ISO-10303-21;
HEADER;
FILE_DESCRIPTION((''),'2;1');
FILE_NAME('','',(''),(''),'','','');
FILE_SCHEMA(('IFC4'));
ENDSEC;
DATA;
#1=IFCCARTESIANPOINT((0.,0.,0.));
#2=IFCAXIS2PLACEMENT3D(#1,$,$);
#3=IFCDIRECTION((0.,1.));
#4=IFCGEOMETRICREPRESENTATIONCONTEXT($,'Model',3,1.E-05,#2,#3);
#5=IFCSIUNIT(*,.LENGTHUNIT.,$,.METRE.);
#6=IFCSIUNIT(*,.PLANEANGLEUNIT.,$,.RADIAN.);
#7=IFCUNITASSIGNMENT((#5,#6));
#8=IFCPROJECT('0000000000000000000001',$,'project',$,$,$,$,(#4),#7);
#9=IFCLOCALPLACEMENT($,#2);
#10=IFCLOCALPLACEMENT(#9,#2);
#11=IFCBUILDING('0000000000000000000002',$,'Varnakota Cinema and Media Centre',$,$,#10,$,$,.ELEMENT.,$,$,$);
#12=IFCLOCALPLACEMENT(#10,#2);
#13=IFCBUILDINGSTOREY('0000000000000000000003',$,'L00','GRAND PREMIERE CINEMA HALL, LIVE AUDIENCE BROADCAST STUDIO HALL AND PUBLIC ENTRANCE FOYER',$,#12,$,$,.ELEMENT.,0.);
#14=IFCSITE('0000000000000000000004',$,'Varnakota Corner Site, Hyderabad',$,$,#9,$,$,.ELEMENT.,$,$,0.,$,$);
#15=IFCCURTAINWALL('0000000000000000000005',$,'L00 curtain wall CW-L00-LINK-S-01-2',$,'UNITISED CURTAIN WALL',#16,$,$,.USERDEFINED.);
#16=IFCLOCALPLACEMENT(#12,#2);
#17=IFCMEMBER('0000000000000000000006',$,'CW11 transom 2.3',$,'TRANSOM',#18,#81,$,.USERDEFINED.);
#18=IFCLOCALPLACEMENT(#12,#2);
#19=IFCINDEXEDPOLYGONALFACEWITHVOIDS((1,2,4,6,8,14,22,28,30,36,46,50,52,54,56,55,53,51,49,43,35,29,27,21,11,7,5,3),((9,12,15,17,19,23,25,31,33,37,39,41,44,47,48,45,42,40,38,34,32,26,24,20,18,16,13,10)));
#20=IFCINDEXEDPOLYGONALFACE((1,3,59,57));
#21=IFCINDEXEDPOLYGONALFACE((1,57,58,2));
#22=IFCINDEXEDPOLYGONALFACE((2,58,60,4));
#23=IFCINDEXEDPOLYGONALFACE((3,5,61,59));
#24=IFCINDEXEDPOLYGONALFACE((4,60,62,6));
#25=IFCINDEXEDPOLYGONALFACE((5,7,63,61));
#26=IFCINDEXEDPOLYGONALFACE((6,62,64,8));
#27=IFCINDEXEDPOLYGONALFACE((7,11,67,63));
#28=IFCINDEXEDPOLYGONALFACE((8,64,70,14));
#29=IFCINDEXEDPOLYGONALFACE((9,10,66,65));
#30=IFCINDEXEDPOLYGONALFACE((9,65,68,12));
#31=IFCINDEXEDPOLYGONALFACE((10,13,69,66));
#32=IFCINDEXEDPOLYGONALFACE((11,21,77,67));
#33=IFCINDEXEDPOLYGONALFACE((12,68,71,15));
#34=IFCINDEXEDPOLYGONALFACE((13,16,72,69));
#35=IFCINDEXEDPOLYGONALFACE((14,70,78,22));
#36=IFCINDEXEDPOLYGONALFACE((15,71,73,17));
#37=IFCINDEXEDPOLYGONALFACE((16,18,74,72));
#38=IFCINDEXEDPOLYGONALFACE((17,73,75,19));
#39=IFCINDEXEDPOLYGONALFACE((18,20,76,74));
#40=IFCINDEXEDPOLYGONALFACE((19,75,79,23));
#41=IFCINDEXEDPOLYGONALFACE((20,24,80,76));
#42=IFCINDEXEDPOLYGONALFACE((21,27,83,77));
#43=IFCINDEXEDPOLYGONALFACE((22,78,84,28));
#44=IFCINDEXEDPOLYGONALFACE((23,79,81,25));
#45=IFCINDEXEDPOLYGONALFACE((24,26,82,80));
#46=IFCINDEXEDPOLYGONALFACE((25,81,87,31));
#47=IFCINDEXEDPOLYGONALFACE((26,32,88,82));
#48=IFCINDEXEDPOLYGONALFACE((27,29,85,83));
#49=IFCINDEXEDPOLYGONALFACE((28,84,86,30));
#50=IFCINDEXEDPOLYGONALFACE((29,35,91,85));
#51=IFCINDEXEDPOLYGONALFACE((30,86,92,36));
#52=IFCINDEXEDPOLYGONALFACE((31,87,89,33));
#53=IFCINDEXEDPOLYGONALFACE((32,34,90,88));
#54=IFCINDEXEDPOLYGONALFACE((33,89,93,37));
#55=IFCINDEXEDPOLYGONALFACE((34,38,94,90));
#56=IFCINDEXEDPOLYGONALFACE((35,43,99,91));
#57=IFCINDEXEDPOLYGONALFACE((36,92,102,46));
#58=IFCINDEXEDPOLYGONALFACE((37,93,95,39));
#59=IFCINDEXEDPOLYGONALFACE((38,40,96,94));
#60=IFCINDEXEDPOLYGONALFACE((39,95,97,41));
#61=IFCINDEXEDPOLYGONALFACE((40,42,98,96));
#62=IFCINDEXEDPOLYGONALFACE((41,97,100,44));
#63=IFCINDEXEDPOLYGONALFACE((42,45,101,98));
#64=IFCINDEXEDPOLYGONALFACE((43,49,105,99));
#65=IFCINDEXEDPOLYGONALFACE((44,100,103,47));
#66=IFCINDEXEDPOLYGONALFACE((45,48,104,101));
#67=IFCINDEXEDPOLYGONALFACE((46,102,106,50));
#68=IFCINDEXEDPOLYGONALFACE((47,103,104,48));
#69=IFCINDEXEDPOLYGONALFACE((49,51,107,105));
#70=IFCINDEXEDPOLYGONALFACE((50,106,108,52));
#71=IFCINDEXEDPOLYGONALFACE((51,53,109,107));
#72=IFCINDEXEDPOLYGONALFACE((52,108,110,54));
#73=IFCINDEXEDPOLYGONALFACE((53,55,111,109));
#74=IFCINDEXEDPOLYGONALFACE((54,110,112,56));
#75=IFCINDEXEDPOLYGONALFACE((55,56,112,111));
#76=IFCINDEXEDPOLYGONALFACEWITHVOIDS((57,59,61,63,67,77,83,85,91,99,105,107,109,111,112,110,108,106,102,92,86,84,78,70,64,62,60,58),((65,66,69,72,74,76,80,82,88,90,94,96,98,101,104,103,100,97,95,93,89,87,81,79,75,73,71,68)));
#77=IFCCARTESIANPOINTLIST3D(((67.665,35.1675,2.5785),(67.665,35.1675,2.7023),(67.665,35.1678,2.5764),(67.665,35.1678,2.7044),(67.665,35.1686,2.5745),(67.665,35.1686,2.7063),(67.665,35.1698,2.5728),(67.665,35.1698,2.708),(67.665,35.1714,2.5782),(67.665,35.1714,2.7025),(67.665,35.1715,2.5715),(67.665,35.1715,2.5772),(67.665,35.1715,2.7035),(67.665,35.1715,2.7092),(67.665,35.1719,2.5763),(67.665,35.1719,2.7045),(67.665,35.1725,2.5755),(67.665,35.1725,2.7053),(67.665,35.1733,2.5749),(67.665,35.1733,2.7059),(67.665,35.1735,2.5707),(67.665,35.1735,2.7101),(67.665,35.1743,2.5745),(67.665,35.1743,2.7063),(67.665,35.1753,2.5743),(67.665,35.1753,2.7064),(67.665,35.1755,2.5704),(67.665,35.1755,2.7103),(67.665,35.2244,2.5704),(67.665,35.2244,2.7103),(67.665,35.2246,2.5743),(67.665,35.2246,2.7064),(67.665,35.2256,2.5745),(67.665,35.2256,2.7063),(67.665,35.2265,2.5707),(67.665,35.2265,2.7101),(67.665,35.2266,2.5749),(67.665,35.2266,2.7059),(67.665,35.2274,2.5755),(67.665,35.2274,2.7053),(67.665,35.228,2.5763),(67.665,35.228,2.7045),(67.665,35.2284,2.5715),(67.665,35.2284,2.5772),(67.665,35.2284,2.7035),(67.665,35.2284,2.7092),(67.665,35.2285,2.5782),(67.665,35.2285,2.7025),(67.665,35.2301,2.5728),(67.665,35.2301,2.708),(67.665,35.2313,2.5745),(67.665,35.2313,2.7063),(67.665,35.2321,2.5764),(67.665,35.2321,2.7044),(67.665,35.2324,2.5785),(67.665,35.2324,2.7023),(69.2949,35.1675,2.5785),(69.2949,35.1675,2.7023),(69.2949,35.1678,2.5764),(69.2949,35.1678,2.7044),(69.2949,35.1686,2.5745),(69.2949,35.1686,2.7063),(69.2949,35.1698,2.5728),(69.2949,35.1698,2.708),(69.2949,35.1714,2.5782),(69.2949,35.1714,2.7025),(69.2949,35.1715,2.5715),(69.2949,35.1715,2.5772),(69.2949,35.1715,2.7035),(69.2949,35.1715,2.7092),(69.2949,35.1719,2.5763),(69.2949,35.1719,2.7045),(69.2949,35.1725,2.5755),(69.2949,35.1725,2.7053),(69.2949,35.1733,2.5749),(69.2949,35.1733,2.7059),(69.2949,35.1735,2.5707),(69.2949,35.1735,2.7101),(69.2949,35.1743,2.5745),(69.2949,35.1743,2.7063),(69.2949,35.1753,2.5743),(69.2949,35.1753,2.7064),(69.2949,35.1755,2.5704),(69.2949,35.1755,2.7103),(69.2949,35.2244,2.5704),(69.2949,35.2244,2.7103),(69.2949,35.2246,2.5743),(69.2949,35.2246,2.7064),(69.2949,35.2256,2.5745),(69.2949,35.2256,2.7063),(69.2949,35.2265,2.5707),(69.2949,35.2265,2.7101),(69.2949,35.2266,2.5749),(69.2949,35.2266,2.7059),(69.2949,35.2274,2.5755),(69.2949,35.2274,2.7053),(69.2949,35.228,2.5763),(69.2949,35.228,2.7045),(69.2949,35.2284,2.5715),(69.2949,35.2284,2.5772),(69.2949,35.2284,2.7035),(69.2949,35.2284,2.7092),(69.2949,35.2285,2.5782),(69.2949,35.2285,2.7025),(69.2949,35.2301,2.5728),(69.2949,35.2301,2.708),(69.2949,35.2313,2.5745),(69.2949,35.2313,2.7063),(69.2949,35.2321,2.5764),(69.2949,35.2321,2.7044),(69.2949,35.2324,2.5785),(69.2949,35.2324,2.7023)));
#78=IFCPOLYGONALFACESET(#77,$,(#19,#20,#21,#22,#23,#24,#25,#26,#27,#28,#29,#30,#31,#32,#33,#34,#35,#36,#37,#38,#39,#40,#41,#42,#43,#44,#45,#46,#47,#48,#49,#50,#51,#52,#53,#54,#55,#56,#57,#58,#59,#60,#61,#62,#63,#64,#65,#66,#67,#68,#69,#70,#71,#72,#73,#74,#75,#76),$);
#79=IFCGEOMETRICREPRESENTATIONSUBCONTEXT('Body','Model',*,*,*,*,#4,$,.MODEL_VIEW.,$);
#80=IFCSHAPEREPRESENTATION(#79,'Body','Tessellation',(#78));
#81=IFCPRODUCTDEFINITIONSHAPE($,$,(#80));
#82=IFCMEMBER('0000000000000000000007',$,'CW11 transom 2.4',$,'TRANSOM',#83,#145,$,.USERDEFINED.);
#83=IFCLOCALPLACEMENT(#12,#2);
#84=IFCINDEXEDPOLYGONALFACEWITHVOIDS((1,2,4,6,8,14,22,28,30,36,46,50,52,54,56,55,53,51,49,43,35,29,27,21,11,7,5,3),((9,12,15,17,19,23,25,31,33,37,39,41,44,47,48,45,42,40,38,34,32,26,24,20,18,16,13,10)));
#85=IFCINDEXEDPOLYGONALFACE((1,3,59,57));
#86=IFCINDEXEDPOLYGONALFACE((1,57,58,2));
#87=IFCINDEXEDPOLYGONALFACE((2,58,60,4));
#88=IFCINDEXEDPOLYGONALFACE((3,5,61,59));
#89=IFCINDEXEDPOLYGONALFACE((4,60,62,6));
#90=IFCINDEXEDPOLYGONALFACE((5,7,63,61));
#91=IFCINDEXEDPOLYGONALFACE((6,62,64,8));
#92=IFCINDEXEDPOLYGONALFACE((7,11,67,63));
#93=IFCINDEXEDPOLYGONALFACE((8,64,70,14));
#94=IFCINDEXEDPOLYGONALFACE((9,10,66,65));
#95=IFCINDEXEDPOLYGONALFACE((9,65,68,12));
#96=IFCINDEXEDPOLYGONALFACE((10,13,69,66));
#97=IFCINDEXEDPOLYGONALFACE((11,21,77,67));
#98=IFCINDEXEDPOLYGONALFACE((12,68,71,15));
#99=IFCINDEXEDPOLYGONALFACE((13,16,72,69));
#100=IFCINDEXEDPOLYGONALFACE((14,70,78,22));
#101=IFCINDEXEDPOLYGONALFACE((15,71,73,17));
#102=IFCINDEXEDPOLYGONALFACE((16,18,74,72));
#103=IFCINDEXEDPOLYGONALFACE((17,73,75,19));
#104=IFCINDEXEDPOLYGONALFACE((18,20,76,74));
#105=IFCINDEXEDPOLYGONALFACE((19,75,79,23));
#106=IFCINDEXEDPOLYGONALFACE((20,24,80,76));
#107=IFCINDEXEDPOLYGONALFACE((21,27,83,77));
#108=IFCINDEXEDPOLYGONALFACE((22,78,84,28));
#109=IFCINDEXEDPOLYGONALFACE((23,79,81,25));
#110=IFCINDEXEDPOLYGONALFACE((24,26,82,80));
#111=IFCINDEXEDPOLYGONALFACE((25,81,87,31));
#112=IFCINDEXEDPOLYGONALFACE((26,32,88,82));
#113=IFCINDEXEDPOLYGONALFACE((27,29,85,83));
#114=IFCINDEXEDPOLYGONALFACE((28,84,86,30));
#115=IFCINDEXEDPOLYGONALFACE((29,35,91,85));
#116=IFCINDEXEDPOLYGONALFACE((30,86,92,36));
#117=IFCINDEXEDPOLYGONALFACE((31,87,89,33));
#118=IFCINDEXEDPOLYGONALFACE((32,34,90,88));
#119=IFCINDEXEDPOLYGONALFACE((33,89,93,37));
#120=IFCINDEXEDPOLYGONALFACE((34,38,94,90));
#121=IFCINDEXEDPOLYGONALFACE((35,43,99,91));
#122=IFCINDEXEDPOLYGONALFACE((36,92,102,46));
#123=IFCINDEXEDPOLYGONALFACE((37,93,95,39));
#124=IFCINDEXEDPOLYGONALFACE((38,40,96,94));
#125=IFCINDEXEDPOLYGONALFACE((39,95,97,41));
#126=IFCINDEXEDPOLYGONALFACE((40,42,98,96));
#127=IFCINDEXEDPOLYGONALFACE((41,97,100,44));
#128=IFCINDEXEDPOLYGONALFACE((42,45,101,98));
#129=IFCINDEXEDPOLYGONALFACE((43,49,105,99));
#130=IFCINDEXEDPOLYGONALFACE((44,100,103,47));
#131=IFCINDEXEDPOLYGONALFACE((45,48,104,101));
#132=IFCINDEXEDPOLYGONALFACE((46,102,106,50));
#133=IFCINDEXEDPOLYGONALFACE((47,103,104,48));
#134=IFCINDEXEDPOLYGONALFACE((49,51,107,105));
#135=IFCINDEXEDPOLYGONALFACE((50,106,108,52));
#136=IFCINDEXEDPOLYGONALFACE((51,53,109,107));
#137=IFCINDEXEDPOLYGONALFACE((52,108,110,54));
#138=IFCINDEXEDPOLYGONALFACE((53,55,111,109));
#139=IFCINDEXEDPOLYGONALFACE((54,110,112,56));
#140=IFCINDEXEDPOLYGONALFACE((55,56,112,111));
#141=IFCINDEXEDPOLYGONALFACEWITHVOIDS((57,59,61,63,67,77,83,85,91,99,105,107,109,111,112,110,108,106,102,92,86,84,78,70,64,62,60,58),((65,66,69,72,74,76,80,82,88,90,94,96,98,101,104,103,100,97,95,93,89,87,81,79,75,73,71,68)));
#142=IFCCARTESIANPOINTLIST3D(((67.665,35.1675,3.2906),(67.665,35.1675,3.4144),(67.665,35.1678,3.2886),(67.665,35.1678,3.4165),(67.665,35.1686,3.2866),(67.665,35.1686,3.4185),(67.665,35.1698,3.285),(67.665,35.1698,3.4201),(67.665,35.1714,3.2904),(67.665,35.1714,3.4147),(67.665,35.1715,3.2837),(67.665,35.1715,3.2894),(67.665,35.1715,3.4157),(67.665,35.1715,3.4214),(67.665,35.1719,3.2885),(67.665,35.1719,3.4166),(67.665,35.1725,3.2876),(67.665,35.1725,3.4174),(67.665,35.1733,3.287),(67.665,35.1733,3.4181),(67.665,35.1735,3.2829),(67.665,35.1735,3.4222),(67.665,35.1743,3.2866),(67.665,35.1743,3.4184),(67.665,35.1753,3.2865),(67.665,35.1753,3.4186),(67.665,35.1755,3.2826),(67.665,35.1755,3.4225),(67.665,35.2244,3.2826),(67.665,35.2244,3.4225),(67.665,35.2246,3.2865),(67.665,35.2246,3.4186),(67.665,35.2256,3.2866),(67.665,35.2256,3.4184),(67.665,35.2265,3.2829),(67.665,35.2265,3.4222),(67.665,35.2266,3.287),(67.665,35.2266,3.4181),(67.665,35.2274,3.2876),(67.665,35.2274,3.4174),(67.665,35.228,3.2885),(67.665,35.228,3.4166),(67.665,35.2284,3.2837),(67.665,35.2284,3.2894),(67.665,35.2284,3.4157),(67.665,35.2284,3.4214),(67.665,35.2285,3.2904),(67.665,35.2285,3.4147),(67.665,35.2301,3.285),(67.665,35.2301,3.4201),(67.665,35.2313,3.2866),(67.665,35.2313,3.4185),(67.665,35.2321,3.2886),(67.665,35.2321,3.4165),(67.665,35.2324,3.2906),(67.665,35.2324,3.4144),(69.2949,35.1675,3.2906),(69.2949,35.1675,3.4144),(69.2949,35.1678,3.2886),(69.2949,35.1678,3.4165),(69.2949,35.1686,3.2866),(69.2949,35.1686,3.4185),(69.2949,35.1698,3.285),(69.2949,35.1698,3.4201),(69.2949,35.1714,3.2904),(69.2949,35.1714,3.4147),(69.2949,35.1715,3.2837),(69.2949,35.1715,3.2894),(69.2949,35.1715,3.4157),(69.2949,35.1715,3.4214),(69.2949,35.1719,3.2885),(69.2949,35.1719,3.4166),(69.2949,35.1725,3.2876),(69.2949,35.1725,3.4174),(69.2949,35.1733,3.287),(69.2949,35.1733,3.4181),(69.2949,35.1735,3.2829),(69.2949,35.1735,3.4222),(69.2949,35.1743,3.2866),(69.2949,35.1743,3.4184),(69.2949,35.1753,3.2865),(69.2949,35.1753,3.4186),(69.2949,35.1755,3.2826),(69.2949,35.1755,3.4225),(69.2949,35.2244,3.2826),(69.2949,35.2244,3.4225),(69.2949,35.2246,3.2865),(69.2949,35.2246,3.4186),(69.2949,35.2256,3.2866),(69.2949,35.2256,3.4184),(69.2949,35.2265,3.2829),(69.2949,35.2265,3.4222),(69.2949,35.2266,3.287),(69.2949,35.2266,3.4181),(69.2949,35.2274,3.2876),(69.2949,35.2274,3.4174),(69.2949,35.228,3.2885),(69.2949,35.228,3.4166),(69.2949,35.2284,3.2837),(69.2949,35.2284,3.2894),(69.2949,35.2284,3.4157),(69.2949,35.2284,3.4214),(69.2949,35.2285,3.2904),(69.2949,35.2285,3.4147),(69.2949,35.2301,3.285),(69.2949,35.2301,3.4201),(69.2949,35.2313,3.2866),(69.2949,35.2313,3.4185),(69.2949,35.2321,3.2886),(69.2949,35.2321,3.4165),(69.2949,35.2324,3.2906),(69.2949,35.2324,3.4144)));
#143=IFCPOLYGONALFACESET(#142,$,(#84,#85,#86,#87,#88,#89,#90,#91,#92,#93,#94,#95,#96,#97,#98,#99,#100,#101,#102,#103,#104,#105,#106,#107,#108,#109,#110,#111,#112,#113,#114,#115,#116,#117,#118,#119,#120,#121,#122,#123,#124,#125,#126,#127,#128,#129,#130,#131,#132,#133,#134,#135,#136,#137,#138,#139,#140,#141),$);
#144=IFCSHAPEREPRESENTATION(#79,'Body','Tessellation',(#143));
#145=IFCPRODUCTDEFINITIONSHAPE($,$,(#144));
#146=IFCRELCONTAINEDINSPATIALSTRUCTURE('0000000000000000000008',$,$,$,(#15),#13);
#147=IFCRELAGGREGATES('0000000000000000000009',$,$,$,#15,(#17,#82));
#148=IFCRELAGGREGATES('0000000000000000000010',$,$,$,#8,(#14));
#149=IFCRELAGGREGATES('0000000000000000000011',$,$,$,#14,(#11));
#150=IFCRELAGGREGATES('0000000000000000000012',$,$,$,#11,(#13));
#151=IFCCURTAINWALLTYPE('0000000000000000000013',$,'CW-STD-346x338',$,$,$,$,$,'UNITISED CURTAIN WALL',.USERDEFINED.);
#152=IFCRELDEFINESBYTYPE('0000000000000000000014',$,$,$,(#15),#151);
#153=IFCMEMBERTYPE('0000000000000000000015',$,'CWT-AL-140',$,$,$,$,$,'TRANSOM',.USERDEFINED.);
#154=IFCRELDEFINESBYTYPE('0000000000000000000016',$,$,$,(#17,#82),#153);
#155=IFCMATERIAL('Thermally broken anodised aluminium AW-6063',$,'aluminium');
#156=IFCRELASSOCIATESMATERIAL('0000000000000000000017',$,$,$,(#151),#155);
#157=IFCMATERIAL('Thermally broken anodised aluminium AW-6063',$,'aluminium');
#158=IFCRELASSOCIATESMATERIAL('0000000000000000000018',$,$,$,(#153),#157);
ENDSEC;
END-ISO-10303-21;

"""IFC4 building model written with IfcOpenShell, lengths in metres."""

from ifc_helpers import new_model, si_unit, direction, frame, origin, origin_2d, place, context, subcontext, project, spatial, hollow_rectangle, extrude, material, material_profile, profile_set, type_object, element, aggregate, save


model = new_model("IFC4")

# Units and contexts
model_context = context("Model", 3, precision=1e-05, world=origin(), true_north=direction((0.0, 1.0)))
body_context = subcontext(model_context, "Body", "Model", "MODEL_VIEW")
ifc_project = project(units=[si_unit("LENGTHUNIT", "METRE"), si_unit("PLANEANGLEUNIT", "RADIAN")], contexts=[model_context])

# Site, building, storey
site_placement = place(None, origin())
site = spatial("IfcSite", under=ifc_project, at=site_placement, Name="Varnakota Corner Site, Hyderabad", CompositionType="ELEMENT", RefElevation=0.0)
building_placement = place(site_placement, origin())
building = spatial("IfcBuilding", under=site, at=building_placement, Name="Varnakota Cinema and Media Centre", CompositionType="ELEMENT")
storey_placement = place(building_placement, origin())
storey = spatial("IfcBuildingStorey", under=building, at=storey_placement, Name="L00", Description="GRAND PREMIERE CINEMA HALL, LIVE AUDIENCE BROADCAST STUDIO HALL AND PUBLIC ENTRANCE FOYER", CompositionType="ELEMENT", Elevation=0.0)

# Curtain wall
ifc_material_1 = material(Name="Thermally broken anodised aluminium AW-6063", Category="aluminium")
curtain_wall_type_1 = type_object("IfcCurtainWallType", Name="CW-STD-346x338", ElementType="UNITISED CURTAIN WALL", PredefinedType="USERDEFINED", material=ifc_material_1)
curtain_wall_1_placement = place(storey_placement, origin())
curtain_wall_1 = element("IfcCurtainWall", 1, at=curtain_wall_1_placement, inside=storey, type_object=curtain_wall_type_1, Name="L00 curtain wall CW-L00-LINK-S-01-2", ObjectType="UNITISED CURTAIN WALL", PredefinedType="USERDEFINED")

# Members
ifc_material_2 = material(Name="Thermally broken anodised aluminium AW-6063", Category="aluminium")
ifc_material_profile_1 = material_profile(ifc_material_2, hollow_rectangle(XDim=0.0649, YDim=0.1399, WallThickness=0.0039, InnerFilletRadius=0.0039, OuterFilletRadius=0.0081, at=origin_2d()), Name="AL-TRANSOM 140x65x4")
ifc_profile_set_1 = profile_set([ifc_material_profile_1], Name="Thermally broken anodised aluminium AW-6063")
member_type_1 = type_object("IfcMemberType", Name="CWT-AL-140", ElementType="TRANSOM", PredefinedType="USERDEFINED", material=ifc_profile_set_1)
member_1_placement = place(storey_placement, frame((69.2949, 35.2, 2.6404), z_axis=(-1.0, 0.0, 0.0), x_axis=(0.0, -1.0, 0.0)))
member_1 = element("IfcMember", 2, at=member_1_placement, type_object=member_type_1, Name="CW11 transom 2.3", ObjectType="TRANSOM", PredefinedType="USERDEFINED", context=body_context, shape_type="SweptSolid", body=[
    extrude(hollow_rectangle(XDim=0.0649, YDim=0.1399, WallThickness=0.0039, InnerFilletRadius=0.0039, OuterFilletRadius=0.0081, at=origin_2d()), origin(), (0.0, 0.0, 1.0), 1.6299),
])
member_2_placement = place(storey_placement, frame((69.2949, 35.2, 3.3525), z_axis=(-1.0, 0.0, 0.0), x_axis=(0.0, -1.0, 0.0)))
member_2 = element("IfcMember", 3, at=member_2_placement, type_object=member_type_1, Name="CW11 transom 2.4", ObjectType="TRANSOM", PredefinedType="USERDEFINED", context=body_context, shape_type="SweptSolid", body=[
    extrude(hollow_rectangle(XDim=0.0649, YDim=0.1399, WallThickness=0.0039, InnerFilletRadius=0.0039, OuterFilletRadius=0.0081, at=origin_2d()), origin(), (0.0, 0.0, 1.0), 1.6299),
])

aggregate(curtain_wall_1, [member_1, member_2])

save(model, "model.ifc")
